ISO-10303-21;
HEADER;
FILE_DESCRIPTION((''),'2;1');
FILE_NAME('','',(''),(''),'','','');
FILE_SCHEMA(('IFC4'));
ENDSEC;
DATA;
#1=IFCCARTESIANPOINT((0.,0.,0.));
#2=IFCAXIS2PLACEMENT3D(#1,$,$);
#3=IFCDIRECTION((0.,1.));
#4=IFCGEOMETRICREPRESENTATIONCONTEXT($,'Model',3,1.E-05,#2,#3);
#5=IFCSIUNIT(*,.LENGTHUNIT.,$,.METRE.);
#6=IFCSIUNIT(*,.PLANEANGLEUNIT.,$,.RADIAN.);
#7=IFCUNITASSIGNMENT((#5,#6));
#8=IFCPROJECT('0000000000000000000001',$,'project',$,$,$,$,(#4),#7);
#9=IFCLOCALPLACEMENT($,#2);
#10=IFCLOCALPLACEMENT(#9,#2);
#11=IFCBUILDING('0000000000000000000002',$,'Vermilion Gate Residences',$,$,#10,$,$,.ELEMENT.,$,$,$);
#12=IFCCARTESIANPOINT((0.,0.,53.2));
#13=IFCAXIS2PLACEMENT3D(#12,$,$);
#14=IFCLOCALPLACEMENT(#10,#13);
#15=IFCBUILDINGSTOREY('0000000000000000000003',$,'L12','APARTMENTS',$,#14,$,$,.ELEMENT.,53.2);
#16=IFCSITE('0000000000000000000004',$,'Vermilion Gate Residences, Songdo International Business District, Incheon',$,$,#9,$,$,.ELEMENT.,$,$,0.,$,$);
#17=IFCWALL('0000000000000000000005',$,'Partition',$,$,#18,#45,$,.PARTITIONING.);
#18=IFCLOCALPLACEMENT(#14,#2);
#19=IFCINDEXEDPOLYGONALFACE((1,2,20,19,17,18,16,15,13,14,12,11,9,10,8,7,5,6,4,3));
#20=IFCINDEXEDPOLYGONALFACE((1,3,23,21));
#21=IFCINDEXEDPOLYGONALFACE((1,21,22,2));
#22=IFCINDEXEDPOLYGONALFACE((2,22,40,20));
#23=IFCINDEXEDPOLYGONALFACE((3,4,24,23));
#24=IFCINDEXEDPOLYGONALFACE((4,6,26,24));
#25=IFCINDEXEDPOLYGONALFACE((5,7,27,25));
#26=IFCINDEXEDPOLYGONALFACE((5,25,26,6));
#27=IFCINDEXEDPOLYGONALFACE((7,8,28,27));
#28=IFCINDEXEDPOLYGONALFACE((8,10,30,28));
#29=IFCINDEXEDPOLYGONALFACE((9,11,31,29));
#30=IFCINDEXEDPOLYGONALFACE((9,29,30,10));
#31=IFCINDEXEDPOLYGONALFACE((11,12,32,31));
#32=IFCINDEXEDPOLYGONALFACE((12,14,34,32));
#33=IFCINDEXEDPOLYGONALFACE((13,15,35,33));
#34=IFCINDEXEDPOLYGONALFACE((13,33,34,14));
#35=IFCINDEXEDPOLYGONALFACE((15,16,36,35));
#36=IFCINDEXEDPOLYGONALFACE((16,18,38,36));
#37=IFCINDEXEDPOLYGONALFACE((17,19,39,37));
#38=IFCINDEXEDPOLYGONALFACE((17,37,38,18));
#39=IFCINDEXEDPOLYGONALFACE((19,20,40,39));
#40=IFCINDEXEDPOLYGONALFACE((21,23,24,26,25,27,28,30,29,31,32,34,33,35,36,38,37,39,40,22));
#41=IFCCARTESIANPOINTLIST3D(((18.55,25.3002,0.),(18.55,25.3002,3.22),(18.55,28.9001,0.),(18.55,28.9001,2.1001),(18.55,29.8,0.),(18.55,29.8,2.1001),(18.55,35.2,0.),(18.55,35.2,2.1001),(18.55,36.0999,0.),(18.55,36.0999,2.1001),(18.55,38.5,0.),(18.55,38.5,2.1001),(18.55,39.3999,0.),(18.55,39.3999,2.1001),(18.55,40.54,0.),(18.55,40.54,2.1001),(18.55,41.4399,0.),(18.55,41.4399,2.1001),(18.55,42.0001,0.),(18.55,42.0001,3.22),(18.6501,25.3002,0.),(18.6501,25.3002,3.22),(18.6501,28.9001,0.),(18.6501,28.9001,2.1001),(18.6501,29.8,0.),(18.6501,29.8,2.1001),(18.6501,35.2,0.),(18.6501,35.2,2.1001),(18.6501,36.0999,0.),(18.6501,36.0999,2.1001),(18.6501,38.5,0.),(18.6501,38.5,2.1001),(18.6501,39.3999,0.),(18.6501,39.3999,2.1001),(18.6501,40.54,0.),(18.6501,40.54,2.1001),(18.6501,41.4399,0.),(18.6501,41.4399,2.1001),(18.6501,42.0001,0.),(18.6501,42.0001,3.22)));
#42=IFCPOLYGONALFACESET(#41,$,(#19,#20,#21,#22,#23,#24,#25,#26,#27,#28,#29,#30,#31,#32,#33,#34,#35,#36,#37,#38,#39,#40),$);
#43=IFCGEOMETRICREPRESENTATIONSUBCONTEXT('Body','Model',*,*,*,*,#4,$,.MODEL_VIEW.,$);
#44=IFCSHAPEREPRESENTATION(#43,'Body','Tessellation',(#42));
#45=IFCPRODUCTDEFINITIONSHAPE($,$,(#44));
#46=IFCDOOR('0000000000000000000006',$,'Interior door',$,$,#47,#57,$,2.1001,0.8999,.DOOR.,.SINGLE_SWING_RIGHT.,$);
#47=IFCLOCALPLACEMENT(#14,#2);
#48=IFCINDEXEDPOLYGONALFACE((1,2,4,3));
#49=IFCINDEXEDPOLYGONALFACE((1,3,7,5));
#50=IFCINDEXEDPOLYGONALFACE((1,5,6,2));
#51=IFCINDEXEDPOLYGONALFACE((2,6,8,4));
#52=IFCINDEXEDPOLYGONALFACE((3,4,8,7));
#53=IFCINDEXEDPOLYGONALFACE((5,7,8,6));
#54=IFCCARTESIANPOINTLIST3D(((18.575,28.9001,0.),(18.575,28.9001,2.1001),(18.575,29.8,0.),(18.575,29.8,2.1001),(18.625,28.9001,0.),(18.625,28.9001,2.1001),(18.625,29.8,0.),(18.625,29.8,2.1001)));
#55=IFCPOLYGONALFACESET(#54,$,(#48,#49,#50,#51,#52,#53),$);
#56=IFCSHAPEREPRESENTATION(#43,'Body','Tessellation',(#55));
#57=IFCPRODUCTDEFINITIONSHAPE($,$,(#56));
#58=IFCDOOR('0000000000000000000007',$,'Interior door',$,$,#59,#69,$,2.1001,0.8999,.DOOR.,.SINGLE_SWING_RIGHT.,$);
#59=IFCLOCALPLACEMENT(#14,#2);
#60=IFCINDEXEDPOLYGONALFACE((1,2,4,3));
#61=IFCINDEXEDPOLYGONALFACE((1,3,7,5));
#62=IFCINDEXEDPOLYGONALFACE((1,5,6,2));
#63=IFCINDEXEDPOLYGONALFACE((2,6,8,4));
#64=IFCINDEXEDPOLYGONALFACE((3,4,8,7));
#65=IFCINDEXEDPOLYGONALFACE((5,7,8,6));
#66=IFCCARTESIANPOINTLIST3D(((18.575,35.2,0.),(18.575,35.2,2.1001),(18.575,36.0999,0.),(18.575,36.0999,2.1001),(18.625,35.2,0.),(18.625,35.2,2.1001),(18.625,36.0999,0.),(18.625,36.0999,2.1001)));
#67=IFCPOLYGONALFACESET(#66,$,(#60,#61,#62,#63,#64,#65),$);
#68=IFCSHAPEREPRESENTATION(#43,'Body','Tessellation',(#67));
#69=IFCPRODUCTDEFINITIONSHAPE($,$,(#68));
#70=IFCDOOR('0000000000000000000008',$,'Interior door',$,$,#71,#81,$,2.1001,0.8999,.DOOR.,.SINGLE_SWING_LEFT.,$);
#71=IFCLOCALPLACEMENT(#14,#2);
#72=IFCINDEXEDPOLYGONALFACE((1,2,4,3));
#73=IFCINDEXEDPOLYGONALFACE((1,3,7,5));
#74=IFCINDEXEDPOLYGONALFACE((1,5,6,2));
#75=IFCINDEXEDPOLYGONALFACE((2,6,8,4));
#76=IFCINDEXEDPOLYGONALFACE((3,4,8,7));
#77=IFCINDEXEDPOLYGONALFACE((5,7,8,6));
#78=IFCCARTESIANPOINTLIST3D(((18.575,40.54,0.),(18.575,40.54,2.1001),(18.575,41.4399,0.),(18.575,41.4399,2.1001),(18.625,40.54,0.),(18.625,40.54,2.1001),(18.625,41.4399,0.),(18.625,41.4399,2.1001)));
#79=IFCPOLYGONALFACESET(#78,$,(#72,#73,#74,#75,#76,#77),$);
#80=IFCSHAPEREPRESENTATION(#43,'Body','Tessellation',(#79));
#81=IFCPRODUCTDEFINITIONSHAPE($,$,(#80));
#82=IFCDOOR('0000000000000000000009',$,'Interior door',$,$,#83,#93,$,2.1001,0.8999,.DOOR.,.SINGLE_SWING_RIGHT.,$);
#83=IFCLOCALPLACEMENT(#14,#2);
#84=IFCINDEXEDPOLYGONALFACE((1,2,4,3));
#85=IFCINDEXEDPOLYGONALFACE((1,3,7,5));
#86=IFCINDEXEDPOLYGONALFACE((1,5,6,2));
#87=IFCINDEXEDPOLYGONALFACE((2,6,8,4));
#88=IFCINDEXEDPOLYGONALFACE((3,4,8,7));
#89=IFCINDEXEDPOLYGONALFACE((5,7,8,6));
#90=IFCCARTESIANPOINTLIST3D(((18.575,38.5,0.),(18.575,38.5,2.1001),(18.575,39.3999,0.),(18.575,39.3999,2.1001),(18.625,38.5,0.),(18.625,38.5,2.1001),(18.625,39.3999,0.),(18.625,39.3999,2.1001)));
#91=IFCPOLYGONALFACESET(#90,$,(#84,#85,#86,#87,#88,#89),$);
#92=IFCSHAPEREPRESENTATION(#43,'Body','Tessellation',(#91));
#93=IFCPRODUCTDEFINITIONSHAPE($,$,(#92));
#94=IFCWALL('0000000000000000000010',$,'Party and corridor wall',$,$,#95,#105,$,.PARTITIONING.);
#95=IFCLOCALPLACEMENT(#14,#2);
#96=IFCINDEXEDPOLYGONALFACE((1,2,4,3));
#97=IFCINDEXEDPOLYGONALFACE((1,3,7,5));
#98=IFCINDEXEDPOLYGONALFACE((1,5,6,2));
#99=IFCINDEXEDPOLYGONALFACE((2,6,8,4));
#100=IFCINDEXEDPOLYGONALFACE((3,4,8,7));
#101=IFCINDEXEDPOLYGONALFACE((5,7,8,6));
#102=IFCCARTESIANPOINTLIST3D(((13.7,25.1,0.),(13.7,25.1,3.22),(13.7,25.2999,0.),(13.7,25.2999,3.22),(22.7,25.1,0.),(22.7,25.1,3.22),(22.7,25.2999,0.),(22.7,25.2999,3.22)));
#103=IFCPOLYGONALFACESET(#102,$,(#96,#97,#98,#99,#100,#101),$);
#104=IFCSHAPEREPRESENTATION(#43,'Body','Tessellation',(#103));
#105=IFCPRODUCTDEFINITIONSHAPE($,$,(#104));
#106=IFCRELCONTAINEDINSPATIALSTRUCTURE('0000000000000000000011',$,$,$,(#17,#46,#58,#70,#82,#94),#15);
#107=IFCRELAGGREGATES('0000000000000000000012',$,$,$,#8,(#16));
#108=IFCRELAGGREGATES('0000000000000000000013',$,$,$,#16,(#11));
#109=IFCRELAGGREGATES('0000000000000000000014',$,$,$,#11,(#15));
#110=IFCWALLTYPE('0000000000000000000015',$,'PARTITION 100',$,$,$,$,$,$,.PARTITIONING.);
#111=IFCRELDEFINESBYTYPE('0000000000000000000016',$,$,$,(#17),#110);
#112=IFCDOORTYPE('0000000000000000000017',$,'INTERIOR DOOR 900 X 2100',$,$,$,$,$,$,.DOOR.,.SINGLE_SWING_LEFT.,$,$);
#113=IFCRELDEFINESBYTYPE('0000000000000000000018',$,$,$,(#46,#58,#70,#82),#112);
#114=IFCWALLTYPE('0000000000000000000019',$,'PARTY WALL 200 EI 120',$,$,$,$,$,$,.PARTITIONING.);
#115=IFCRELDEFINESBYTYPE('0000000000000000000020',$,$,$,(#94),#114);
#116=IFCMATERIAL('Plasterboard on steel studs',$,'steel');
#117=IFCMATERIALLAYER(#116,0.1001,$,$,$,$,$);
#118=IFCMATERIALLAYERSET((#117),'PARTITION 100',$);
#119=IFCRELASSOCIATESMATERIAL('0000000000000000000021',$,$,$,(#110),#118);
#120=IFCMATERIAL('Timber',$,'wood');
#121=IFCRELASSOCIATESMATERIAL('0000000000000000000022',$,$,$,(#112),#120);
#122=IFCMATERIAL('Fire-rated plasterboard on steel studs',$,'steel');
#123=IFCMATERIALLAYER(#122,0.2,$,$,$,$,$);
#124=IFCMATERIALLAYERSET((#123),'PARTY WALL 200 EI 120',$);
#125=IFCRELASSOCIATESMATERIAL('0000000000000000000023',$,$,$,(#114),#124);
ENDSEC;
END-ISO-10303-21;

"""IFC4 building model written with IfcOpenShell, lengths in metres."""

from ifc_helpers import new_model, si_unit, direction, frame, frame_2d, origin, place, context, subcontext, project, spatial, rectangle, extrude, material, layer, layer_set, type_object, element, fill, save


model = new_model("IFC4")

# Units and contexts
model_context = context("Model", 3, precision=1e-05, world=origin(), true_north=direction((0.0, 1.0)))
body_context = subcontext(model_context, "Body", "Model", "MODEL_VIEW")
ifc_project = project(units=[si_unit("LENGTHUNIT", "METRE"), si_unit("PLANEANGLEUNIT", "RADIAN")], contexts=[model_context])

# Site, building, storey
site_placement = place(None, origin())
site = spatial("IfcSite", under=ifc_project, at=site_placement, Name="Vermilion Gate Residences, Songdo International Business District, Incheon", CompositionType="ELEMENT", RefElevation=0.0)
building_placement = place(site_placement, origin())
building = spatial("IfcBuilding", under=site, at=building_placement, Name="Vermilion Gate Residences", CompositionType="ELEMENT")
storey_placement = place(building_placement, frame((0.0, 0.0, 53.2)))
storey = spatial("IfcBuildingStorey", under=building, at=storey_placement, Name="L12", Description="APARTMENTS", CompositionType="ELEMENT", Elevation=53.2)

# Wall, openings, doors
ifc_material_1 = material(Name="Plasterboard on steel studs", Category="steel")
ifc_layer_1 = layer(ifc_material_1, 0.1001)
ifc_layer_set_1 = layer_set([ifc_layer_1], Name="PARTITION 100")
wall_type_1 = type_object("IfcWallType", Name="PARTITION 100", PredefinedType="PARTITIONING", material=ifc_layer_set_1)
ifc_material_2 = material(Name="Timber", Category="wood")
door_type_1 = type_object("IfcDoorType", Name="INTERIOR DOOR 900 X 2100", OperationType="SINGLE_SWING_LEFT", PredefinedType="DOOR", material=ifc_material_2)
wall_1_placement = place(storey_placement, frame((18.6001, 25.3, 0.0), z_axis=(0.0, 0.0, 1.0), x_axis=(0.0, 1.0, 0.0)))
wall_1 = element("IfcWall", 1, at=wall_1_placement, inside=storey, type_object=wall_type_1, Name="Partition", PredefinedType="PARTITIONING", context=body_context, shape_type="SweptSolid", body=[
    extrude(rectangle(XDim=16.7, YDim=0.1001, at=frame_2d((8.3501, 0.0))), origin(), (0.0, 0.0, 1.0), 3.22),
])
opening_1_placement = place(wall_1_placement, frame((3.6001, 0.0, 0.0)))
opening_1 = element("IfcOpeningElement", 2, at=opening_1_placement, cuts=wall_1, PredefinedType="OPENING", context=body_context, shape_type="SweptSolid", body=[
    extrude(rectangle(XDim=0.8999, YDim=2.1001, at=frame_2d((0.45, 1.05))), frame((0.0, 0.0601, 0.0), z_axis=(0.0, -1.0, 0.0), x_axis=(1.0, 0.0, 0.0)), (0.0, 0.0, 1.0), 0.1201),
])
opening_2_placement = place(wall_1_placement, frame((9.8999, 0.0, 0.0)))
opening_2 = element("IfcOpeningElement", 3, at=opening_2_placement, cuts=wall_1, PredefinedType="OPENING", context=body_context, shape_type="SweptSolid", body=[
    extrude(rectangle(XDim=0.8999, YDim=2.1001, at=frame_2d((0.45, 1.05))), frame((0.0, 0.0601, 0.0), z_axis=(0.0, -1.0, 0.0), x_axis=(1.0, 0.0, 0.0)), (0.0, 0.0, 1.0), 0.1201),
])
opening_3_placement = place(wall_1_placement, frame((15.24, 0.0, 0.0)))
opening_3 = element("IfcOpeningElement", 4, at=opening_3_placement, cuts=wall_1, PredefinedType="OPENING", context=body_context, shape_type="SweptSolid", body=[
    extrude(rectangle(XDim=0.8999, YDim=2.1001, at=frame_2d((0.45, 1.05))), frame((0.0, 0.0601, 0.0), z_axis=(0.0, -1.0, 0.0), x_axis=(1.0, 0.0, 0.0)), (0.0, 0.0, 1.0), 0.1201),
])
opening_4_placement = place(wall_1_placement, frame((13.2, 0.0, 0.0)))
opening_4 = element("IfcOpeningElement", 5, at=opening_4_placement, cuts=wall_1, PredefinedType="OPENING", context=body_context, shape_type="SweptSolid", body=[
    extrude(rectangle(XDim=0.8999, YDim=2.1001, at=frame_2d((0.45, 1.05))), frame((0.0, 0.0601, 0.0), z_axis=(0.0, -1.0, 0.0), x_axis=(1.0, 0.0, 0.0)), (0.0, 0.0, 1.0), 0.1201),
])
door_1_placement = place(opening_1_placement, frame((0.8999, 0.0, 0.0), z_axis=(0.0, 0.0, 1.0), x_axis=(-1.0, 0.0, 0.0)))
door_1 = element("IfcDoor", 6, at=door_1_placement, inside=storey, type_object=door_type_1, Name="Interior door", OperationType="SINGLE_SWING_RIGHT", OverallHeight=2.1001, OverallWidth=0.8999, PredefinedType="DOOR", context=body_context, shape_type="SweptSolid", body=[
    extrude(rectangle(XDim=0.8999, YDim=2.1001, at=frame_2d((0.45, 1.05))), frame((0.0, 0.0249, 0.0), z_axis=(0.0, -1.0, 0.0), x_axis=(1.0, 0.0, 0.0)), (0.0, 0.0, 1.0), 0.05),
])
fill(opening_1, door_1)
door_2_placement = place(opening_2_placement, frame((0.8999, 0.0, 0.0), z_axis=(0.0, 0.0, 1.0), x_axis=(-1.0, 0.0, 0.0)))
door_2 = element("IfcDoor", 7, at=door_2_placement, inside=storey, type_object=door_type_1, Name="Interior door", OperationType="SINGLE_SWING_RIGHT", OverallHeight=2.1001, OverallWidth=0.8999, PredefinedType="DOOR", context=body_context, shape_type="SweptSolid", body=[
    extrude(rectangle(XDim=0.8999, YDim=2.1001, at=frame_2d((0.45, 1.05))), frame((0.0, 0.0249, 0.0), z_axis=(0.0, -1.0, 0.0), x_axis=(1.0, 0.0, 0.0)), (0.0, 0.0, 1.0), 0.05),
])
fill(opening_2, door_2)
door_3_placement = place(opening_3_placement, frame((0.8999, 0.0, 0.0), z_axis=(0.0, 0.0, 1.0), x_axis=(-1.0, 0.0, 0.0)))
door_3 = element("IfcDoor", 8, at=door_3_placement, inside=storey, type_object=door_type_1, Name="Interior door", OperationType="SINGLE_SWING_LEFT", OverallHeight=2.1001, OverallWidth=0.8999, PredefinedType="DOOR", context=body_context, shape_type="SweptSolid", body=[
    extrude(rectangle(XDim=0.8999, YDim=2.1001, at=frame_2d((0.45, 1.05))), frame((0.0, 0.0249, 0.0), z_axis=(0.0, -1.0, 0.0), x_axis=(1.0, 0.0, 0.0)), (0.0, 0.0, 1.0), 0.05),
])
fill(opening_3, door_3)
door_4_placement = place(opening_4_placement, frame((0.8999, 0.0, 0.0), z_axis=(0.0, 0.0, 1.0), x_axis=(-1.0, 0.0, 0.0)))
door_4 = element("IfcDoor", 9, at=door_4_placement, inside=storey, type_object=door_type_1, Name="Interior door", OperationType="SINGLE_SWING_RIGHT", OverallHeight=2.1001, OverallWidth=0.8999, PredefinedType="DOOR", context=body_context, shape_type="SweptSolid", body=[
    extrude(rectangle(XDim=0.8999, YDim=2.1001, at=frame_2d((0.45, 1.05))), frame((0.0, 0.0249, 0.0), z_axis=(0.0, -1.0, 0.0), x_axis=(1.0, 0.0, 0.0)), (0.0, 0.0, 1.0), 0.05),
])
fill(opening_4, door_4)

# Wall
ifc_material_3 = material(Name="Fire-rated plasterboard on steel studs", Category="steel")
ifc_layer_2 = layer(ifc_material_3, 0.2)
ifc_layer_set_2 = layer_set([ifc_layer_2], Name="PARTY WALL 200 EI 120")
wall_type_2 = type_object("IfcWallType", Name="PARTY WALL 200 EI 120", PredefinedType="PARTITIONING", material=ifc_layer_set_2)
wall_2_placement = place(storey_placement, frame((13.7, 25.2, 0.0), z_axis=(0.0, 0.0, 1.0), x_axis=(1.0, 0.0, 0.0)))
element("IfcWall", 10, at=wall_2_placement, inside=storey, type_object=wall_type_2, Name="Party and corridor wall", PredefinedType="PARTITIONING", context=body_context, shape_type="SweptSolid", body=[
    extrude(rectangle(XDim=9.0, YDim=0.2, at=frame_2d((4.5, 0.0))), origin(), (0.0, 0.0, 1.0), 3.22),
])

save(model, "model.ifc")
